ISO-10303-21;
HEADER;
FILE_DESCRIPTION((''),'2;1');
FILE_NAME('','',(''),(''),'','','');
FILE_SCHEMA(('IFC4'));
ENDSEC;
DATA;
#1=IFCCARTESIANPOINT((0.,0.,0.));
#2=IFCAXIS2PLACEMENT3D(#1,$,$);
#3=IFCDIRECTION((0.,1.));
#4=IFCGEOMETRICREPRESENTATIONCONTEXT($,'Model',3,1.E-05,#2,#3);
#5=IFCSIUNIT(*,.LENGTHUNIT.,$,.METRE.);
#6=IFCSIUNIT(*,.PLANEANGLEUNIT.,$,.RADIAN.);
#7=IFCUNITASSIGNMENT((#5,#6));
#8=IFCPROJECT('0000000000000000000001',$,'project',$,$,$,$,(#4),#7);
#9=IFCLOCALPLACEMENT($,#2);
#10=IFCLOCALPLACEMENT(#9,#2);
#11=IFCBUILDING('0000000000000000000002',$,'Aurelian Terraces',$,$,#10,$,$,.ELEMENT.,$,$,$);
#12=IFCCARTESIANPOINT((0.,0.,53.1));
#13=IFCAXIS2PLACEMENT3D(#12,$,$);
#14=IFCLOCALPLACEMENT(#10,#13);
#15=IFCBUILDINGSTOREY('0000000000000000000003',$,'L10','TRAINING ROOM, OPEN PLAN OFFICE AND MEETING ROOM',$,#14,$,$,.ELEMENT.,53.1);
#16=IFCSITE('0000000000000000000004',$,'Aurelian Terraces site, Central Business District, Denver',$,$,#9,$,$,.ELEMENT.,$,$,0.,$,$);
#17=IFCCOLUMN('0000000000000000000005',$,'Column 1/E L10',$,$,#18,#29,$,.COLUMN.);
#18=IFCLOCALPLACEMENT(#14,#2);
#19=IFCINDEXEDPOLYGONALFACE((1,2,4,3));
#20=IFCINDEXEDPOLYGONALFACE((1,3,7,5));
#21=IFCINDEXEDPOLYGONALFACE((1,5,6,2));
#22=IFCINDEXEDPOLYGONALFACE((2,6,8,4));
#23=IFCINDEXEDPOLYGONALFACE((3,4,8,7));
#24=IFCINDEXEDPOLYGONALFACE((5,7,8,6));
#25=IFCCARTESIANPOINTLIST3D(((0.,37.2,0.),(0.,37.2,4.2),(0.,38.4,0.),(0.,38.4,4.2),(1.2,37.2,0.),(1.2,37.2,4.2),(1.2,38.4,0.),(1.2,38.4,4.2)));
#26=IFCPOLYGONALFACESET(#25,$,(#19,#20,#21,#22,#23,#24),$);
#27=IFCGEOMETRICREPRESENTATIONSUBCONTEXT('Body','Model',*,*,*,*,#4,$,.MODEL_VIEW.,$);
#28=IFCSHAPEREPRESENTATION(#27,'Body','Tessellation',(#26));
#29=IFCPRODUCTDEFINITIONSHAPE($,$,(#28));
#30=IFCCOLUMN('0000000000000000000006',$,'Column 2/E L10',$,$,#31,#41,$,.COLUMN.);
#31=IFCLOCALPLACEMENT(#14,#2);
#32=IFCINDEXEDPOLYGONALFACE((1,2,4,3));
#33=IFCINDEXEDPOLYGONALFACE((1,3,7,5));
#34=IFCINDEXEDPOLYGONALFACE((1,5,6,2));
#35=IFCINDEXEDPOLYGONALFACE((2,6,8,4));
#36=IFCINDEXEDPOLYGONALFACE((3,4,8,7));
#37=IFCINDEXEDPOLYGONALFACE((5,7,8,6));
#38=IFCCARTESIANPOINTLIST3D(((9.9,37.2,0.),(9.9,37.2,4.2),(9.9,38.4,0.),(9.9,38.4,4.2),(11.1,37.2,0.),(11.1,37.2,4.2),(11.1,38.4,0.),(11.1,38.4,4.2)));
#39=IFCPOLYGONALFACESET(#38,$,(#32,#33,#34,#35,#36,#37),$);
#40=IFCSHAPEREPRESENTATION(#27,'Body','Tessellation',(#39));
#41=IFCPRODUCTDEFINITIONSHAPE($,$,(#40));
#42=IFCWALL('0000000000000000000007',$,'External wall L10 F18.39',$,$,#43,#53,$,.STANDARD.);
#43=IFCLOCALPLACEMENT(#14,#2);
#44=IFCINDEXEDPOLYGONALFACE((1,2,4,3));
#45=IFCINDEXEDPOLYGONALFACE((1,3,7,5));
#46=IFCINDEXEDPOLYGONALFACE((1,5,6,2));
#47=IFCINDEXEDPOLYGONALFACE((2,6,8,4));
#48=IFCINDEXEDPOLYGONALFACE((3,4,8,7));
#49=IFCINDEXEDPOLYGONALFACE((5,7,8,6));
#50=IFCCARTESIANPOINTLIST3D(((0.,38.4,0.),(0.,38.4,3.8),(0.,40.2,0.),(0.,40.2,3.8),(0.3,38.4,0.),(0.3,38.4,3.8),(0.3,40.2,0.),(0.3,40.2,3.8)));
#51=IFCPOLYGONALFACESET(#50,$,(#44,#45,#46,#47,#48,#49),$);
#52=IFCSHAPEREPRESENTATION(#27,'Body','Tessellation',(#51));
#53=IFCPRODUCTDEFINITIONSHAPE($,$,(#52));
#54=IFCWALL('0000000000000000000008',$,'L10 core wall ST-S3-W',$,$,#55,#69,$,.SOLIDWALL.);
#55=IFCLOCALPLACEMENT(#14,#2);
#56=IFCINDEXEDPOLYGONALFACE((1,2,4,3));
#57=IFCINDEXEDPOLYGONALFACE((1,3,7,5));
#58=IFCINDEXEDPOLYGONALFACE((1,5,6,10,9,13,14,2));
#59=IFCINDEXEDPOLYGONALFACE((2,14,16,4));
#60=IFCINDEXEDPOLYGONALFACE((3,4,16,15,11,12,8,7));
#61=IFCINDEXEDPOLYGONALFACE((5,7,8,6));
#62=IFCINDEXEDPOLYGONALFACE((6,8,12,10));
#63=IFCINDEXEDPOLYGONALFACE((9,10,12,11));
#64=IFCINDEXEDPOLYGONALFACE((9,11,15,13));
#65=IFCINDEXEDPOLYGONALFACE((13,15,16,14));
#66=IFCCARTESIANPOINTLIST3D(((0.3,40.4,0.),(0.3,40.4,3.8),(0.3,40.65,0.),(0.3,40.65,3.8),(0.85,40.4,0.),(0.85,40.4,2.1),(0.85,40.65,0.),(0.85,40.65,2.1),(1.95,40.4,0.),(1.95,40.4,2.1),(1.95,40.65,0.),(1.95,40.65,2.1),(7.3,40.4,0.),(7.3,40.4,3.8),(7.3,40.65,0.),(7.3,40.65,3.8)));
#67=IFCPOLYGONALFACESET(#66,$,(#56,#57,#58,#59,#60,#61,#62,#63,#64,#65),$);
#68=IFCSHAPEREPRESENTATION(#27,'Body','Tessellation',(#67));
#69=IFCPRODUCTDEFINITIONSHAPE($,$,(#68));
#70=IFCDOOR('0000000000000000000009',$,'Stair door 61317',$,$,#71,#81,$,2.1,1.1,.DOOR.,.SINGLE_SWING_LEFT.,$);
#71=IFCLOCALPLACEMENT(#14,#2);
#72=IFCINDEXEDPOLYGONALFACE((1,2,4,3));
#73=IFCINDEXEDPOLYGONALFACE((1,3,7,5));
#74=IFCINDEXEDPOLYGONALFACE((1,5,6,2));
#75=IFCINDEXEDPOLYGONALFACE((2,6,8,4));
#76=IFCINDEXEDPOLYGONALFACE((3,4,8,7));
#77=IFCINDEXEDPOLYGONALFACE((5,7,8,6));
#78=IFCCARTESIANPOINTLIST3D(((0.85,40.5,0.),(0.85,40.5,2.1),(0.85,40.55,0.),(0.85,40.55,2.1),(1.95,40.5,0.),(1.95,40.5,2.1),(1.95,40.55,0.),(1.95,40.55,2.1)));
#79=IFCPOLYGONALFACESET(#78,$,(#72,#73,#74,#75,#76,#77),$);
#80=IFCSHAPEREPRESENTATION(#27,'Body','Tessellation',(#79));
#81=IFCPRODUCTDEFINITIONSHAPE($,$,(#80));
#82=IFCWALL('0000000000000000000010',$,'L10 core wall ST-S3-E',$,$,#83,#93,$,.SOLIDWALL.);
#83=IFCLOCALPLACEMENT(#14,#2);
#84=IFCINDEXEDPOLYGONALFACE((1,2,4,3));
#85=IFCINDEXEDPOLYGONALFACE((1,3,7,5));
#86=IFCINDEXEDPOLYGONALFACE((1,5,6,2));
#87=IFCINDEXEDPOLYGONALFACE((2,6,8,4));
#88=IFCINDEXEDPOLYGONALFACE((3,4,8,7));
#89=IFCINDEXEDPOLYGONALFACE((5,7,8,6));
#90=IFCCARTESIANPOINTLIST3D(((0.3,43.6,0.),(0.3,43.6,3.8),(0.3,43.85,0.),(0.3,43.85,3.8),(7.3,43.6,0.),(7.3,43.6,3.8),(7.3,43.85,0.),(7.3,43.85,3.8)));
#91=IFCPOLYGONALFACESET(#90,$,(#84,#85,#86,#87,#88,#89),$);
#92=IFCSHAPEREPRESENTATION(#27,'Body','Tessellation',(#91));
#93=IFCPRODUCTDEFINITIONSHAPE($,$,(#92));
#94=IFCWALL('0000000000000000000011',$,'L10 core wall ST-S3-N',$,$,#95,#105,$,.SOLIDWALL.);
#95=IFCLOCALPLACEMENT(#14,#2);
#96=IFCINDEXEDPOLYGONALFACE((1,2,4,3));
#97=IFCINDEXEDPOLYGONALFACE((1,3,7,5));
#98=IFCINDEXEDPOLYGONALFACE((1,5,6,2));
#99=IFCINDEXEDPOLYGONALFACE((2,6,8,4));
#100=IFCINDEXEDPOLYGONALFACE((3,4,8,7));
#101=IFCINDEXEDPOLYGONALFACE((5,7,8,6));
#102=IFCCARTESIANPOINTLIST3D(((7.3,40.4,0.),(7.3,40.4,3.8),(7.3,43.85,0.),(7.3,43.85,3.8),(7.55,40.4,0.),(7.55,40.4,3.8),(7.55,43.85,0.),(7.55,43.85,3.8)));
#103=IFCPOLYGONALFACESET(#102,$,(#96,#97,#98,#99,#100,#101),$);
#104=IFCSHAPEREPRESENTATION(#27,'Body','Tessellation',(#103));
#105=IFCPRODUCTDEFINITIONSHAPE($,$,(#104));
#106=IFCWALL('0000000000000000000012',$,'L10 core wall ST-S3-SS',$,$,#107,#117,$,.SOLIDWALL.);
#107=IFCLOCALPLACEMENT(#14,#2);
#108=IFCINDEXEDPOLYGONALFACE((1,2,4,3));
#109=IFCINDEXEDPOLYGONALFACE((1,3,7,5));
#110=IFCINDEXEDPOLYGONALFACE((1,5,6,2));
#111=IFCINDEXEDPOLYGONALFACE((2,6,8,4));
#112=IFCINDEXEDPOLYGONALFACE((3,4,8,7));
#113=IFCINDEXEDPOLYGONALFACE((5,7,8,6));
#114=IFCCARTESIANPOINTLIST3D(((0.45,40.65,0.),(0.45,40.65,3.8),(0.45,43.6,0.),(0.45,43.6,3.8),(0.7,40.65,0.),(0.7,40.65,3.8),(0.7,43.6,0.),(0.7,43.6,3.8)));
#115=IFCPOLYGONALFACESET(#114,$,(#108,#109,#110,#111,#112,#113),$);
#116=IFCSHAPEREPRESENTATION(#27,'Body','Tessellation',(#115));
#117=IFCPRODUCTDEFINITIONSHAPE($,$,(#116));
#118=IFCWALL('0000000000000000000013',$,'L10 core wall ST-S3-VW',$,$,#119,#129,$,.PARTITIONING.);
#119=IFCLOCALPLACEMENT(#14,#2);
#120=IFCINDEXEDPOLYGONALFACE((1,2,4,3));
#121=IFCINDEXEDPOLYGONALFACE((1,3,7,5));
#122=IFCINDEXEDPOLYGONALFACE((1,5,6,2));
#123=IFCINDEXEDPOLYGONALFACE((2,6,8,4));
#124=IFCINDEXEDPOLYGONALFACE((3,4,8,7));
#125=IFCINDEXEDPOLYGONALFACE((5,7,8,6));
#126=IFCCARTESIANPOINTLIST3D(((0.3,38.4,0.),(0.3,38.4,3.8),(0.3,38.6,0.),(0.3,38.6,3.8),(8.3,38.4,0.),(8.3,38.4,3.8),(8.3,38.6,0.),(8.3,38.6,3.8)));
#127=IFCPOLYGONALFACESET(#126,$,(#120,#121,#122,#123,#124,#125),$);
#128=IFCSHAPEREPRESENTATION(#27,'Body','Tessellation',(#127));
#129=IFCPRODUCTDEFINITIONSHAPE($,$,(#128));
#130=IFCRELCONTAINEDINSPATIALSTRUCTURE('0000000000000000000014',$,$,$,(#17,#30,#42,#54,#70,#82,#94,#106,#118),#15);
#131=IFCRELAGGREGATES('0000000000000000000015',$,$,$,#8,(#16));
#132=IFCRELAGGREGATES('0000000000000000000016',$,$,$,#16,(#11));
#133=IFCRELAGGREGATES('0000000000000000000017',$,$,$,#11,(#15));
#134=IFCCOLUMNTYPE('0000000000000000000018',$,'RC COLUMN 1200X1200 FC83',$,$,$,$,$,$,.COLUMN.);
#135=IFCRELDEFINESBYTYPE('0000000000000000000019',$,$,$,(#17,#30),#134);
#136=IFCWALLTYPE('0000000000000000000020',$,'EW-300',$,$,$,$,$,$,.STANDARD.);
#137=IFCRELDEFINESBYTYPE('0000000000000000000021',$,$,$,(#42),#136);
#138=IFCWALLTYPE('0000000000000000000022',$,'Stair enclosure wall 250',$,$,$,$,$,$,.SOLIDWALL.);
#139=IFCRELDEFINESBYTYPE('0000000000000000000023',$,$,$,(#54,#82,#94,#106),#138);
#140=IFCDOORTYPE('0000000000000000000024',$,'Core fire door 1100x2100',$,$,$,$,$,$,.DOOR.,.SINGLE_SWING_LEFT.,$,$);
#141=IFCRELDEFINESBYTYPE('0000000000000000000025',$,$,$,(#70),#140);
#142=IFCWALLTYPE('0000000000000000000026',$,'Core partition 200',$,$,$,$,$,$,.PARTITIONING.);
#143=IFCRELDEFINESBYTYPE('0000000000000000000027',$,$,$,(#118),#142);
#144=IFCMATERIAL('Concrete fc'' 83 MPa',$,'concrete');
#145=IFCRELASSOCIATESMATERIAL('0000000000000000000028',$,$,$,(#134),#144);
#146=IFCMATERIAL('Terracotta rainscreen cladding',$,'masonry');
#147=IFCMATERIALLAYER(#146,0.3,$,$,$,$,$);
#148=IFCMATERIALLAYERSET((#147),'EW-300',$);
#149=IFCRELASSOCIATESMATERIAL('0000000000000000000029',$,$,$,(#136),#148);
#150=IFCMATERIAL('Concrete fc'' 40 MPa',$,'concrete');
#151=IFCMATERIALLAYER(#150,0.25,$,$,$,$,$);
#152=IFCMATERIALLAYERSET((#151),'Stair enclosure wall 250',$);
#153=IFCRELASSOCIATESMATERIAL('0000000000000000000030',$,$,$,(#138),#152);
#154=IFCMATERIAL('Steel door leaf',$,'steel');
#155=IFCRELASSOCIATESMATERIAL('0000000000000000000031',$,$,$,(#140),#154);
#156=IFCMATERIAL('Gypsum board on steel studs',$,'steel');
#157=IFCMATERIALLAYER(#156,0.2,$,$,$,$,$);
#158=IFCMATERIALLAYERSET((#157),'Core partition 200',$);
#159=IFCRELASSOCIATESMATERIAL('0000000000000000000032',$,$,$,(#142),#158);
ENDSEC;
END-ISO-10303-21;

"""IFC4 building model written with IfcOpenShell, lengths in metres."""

from ifc_helpers import new_model, si_unit, direction, frame, frame_2d, origin, origin_2d, place, context, subcontext, project, spatial, rectangle, extrude, source, transform, mapped, material, layer, layer_set, material_profile, profile_set, type_object, element, fill, save


model = new_model("IFC4")

# Units and contexts
model_context = context("Model", 3, precision=1e-05, world=origin(), true_north=direction((0.0, 1.0)))
body_context = subcontext(model_context, "Body", "Model", "MODEL_VIEW")
ifc_project = project(units=[si_unit("LENGTHUNIT", "METRE"), si_unit("PLANEANGLEUNIT", "RADIAN")], contexts=[model_context])

# Site, building, storey
site_placement = place(None, origin())
site = spatial("IfcSite", under=ifc_project, at=site_placement, Name="Aurelian Terraces site, Central Business District, Denver", CompositionType="ELEMENT", RefElevation=0.0)
building_placement = place(site_placement, origin())
building = spatial("IfcBuilding", under=site, at=building_placement, Name="Aurelian Terraces", CompositionType="ELEMENT")
storey_placement = place(building_placement, frame((0.0, 0.0, 53.1)))
storey = spatial("IfcBuildingStorey", under=building, at=storey_placement, Name="L10", Description="TRAINING ROOM, OPEN PLAN OFFICE AND MEETING ROOM", CompositionType="ELEMENT", Elevation=53.1)

# Columns
ifc_material_1 = material(Name="Concrete fc' 83 MPa", Category="concrete")
ifc_material_profile = material_profile(ifc_material_1, rectangle(XDim=1.2, YDim=1.2, at=origin_2d()))
ifc_profile_set = profile_set([ifc_material_profile], Name="Concrete fc' 83 MPa")
column_type = type_object("IfcColumnType", Name="RC COLUMN 1200X1200 FC83", PredefinedType="COLUMN", material=ifc_profile_set)
shared_shape_1 = source(origin(), body_context, "Body", "SweptSolid", [
    extrude(rectangle(XDim=1.2, YDim=1.2, at=origin_2d()), origin(), (0.0, 0.0, 1.0), 4.2),
])
for number, where, z_axis, x_axis, name in (
    (1, (0.6, 37.8, 0.0), (0.0, 0.0, 1.0), (1.0, 0.0, 0.0), "Column 1/E L10"),
    (2, (10.5, 37.8, 0.0), (0.0, 0.0, 1.0), (1.0, 0.0, 0.0), "Column 2/E L10"),
):
    element("IfcColumn", number, at=place(storey_placement, frame(where, z_axis=z_axis, x_axis=x_axis)), inside=storey, type_object=column_type, Name=name, PredefinedType="COLUMN", context=body_context, shape_type="MappedRepresentation", body=[
        mapped(shared_shape_1, transform((0.0, 0.0, 0.0), scale=1.0)),
    ])

# Wall
ifc_material_2 = material(Name="Terracotta rainscreen cladding", Category="masonry")
ifc_layer_1 = layer(ifc_material_2, 0.3)
ifc_layer_set_1 = layer_set([ifc_layer_1], Name="EW-300")
wall_type_1 = type_object("IfcWallType", Name="EW-300", PredefinedType="STANDARD", material=ifc_layer_set_1)
shared_shape_2 = source(origin(), body_context, "Body", "SweptSolid", [
    extrude(rectangle(XDim=1.8, YDim=0.3, at=frame_2d((0.9, 0.0))), origin(), (0.0, 0.0, 1.0), 3.8),
])
wall_1_placement = place(storey_placement, frame((0.15, 40.2, 0.0), z_axis=(0.0, 0.0, 1.0), x_axis=(0.0, -1.0, 0.0)))
element("IfcWall", 3, at=wall_1_placement, inside=storey, type_object=wall_type_1, Name="External wall L10 F18.39", PredefinedType="STANDARD", context=body_context, shape_type="MappedRepresentation", body=[
    mapped(shared_shape_2, transform((0.0, 0.0, 0.0), scale=1.0)),
])

# Wall, opening, door
ifc_material_3 = material(Name="Concrete fc' 40 MPa", Category="concrete")
ifc_layer_2 = layer(ifc_material_3, 0.25)
ifc_layer_set_2 = layer_set([ifc_layer_2], Name="Stair enclosure wall 250")
wall_type_2 = type_object("IfcWallType", Name="Stair enclosure wall 250", PredefinedType="SOLIDWALL", material=ifc_layer_set_2)
shared_shape_3 = source(origin(), body_context, "Body", "SweptSolid", [
    extrude(rectangle(XDim=7.0, YDim=0.25, at=frame_2d((3.5, 0.0))), origin(), (0.0, 0.0, 1.0), 3.8),
])
wall_2_placement = place(storey_placement, frame((0.3, 40.525, 0.0), z_axis=(0.0, 0.0, 1.0), x_axis=(1.0, 0.0, 0.0)))
wall_2 = element("IfcWall", 4, at=wall_2_placement, inside=storey, type_object=wall_type_2, Name="L10 core wall ST-S3-W", PredefinedType="SOLIDWALL", context=body_context, shape_type="MappedRepresentation", body=[
    mapped(shared_shape_3, transform((0.0, 0.0, 0.0), scale=1.0)),
])
shared_shape_4 = source(origin(), body_context, "Body", "SweptSolid", [
    extrude(rectangle(XDim=1.1, YDim=2.1, at=frame_2d((0.55, 1.05))), frame((0.0, 0.135, 0.0), z_axis=(0.0, -1.0, 0.0), x_axis=(1.0, 0.0, 0.0)), (0.0, 0.0, 1.0), 0.27),
])
opening_1_placement = place(wall_2_placement, frame((0.55, 0.0, 0.0)))
opening_1 = element("IfcOpeningElement", 5, at=opening_1_placement, cuts=wall_2, PredefinedType="OPENING", context=body_context, shape_type="MappedRepresentation", body=[
    mapped(shared_shape_4, transform((0.0, 0.0, 0.0), scale=1.0)),
])
ifc_material_4 = material(Name="Steel door leaf", Category="steel")
door_type_1 = type_object("IfcDoorType", Name="Core fire door 1100x2100", OperationType="SINGLE_SWING_LEFT", PredefinedType="DOOR", material=ifc_material_4)
shared_shape_5 = source(origin(), body_context, "Body", "SweptSolid", [
    extrude(rectangle(XDim=1.1, YDim=2.1, at=frame_2d((0.55, 1.05))), frame((0.0, 0.025, 0.0), z_axis=(0.0, -1.0, 0.0), x_axis=(1.0, 0.0, 0.0)), (0.0, 0.0, 1.0), 0.05),
])
door_1_placement = place(opening_1_placement, origin())
door_1 = element("IfcDoor", 6, at=door_1_placement, inside=storey, type_object=door_type_1, Name="Stair door 61317", OperationType="SINGLE_SWING_LEFT", OverallHeight=2.1, OverallWidth=1.1, PredefinedType="DOOR", context=body_context, shape_type="MappedRepresentation", body=[
    mapped(shared_shape_5, transform((0.0, 0.0, 0.0), scale=1.0)),
])
fill(opening_1, door_1)

# Walls
wall_3_placement = place(storey_placement, frame((0.3, 43.725, 0.0), z_axis=(0.0, 0.0, 1.0), x_axis=(1.0, 0.0, 0.0)))
element("IfcWall", 7, at=wall_3_placement, inside=storey, type_object=wall_type_2, Name="L10 core wall ST-S3-E", PredefinedType="SOLIDWALL", context=body_context, shape_type="MappedRepresentation", body=[
    mapped(shared_shape_3, transform((0.0, 0.0, 0.0), scale=1.0)),
])
shared_shape_6 = source(origin(), body_context, "Body", "SweptSolid", [
    extrude(rectangle(XDim=3.45, YDim=0.25, at=frame_2d((1.725, 0.0))), origin(), (0.0, 0.0, 1.0), 3.8),
])
wall_4_placement = place(storey_placement, frame((7.425, 40.4, 0.0), z_axis=(0.0, 0.0, 1.0), x_axis=(0.0, 1.0, 0.0)))
element("IfcWall", 8, at=wall_4_placement, inside=storey, type_object=wall_type_2, Name="L10 core wall ST-S3-N", PredefinedType="SOLIDWALL", context=body_context, shape_type="MappedRepresentation", body=[
    mapped(shared_shape_6, transform((0.0, 0.0, 0.0), scale=1.0)),
])
shared_shape_7 = source(origin(), body_context, "Body", "SweptSolid", [
    extrude(rectangle(XDim=2.95, YDim=0.25, at=frame_2d((1.475, 0.0))), origin(), (0.0, 0.0, 1.0), 3.8),
])
wall_5_placement = place(storey_placement, frame((0.575, 40.65, 0.0), z_axis=(0.0, 0.0, 1.0), x_axis=(0.0, 1.0, 0.0)))
element("IfcWall", 9, at=wall_5_placement, inside=storey, type_object=wall_type_2, Name="L10 core wall ST-S3-SS", PredefinedType="SOLIDWALL", context=body_context, shape_type="MappedRepresentation", body=[
    mapped(shared_shape_7, transform((0.0, 0.0, 0.0), scale=1.0)),
])
ifc_material_5 = material(Name="Gypsum board on steel studs", Category="steel")
ifc_layer_3 = layer(ifc_material_5, 0.2)
ifc_layer_set_3 = layer_set([ifc_layer_3], Name="Core partition 200")
wall_type_3 = type_object("IfcWallType", Name="Core partition 200", PredefinedType="PARTITIONING", material=ifc_layer_set_3)
shared_shape_8 = source(origin(), body_context, "Body", "SweptSolid", [
    extrude(rectangle(XDim=8.0, YDim=0.2, at=frame_2d((4.0, 0.0))), origin(), (0.0, 0.0, 1.0), 3.8),
])
wall_6_placement = place(storey_placement, frame((0.3, 38.5, 0.0), z_axis=(0.0, 0.0, 1.0), x_axis=(1.0, 0.0, 0.0)))
element("IfcWall", 10, at=wall_6_placement, inside=storey, type_object=wall_type_3, Name="L10 core wall ST-S3-VW", PredefinedType="PARTITIONING", context=body_context, shape_type="MappedRepresentation", body=[
    mapped(shared_shape_8, transform((0.0, 0.0, 0.0), scale=1.0)),
])

save(model, "model.ifc")
